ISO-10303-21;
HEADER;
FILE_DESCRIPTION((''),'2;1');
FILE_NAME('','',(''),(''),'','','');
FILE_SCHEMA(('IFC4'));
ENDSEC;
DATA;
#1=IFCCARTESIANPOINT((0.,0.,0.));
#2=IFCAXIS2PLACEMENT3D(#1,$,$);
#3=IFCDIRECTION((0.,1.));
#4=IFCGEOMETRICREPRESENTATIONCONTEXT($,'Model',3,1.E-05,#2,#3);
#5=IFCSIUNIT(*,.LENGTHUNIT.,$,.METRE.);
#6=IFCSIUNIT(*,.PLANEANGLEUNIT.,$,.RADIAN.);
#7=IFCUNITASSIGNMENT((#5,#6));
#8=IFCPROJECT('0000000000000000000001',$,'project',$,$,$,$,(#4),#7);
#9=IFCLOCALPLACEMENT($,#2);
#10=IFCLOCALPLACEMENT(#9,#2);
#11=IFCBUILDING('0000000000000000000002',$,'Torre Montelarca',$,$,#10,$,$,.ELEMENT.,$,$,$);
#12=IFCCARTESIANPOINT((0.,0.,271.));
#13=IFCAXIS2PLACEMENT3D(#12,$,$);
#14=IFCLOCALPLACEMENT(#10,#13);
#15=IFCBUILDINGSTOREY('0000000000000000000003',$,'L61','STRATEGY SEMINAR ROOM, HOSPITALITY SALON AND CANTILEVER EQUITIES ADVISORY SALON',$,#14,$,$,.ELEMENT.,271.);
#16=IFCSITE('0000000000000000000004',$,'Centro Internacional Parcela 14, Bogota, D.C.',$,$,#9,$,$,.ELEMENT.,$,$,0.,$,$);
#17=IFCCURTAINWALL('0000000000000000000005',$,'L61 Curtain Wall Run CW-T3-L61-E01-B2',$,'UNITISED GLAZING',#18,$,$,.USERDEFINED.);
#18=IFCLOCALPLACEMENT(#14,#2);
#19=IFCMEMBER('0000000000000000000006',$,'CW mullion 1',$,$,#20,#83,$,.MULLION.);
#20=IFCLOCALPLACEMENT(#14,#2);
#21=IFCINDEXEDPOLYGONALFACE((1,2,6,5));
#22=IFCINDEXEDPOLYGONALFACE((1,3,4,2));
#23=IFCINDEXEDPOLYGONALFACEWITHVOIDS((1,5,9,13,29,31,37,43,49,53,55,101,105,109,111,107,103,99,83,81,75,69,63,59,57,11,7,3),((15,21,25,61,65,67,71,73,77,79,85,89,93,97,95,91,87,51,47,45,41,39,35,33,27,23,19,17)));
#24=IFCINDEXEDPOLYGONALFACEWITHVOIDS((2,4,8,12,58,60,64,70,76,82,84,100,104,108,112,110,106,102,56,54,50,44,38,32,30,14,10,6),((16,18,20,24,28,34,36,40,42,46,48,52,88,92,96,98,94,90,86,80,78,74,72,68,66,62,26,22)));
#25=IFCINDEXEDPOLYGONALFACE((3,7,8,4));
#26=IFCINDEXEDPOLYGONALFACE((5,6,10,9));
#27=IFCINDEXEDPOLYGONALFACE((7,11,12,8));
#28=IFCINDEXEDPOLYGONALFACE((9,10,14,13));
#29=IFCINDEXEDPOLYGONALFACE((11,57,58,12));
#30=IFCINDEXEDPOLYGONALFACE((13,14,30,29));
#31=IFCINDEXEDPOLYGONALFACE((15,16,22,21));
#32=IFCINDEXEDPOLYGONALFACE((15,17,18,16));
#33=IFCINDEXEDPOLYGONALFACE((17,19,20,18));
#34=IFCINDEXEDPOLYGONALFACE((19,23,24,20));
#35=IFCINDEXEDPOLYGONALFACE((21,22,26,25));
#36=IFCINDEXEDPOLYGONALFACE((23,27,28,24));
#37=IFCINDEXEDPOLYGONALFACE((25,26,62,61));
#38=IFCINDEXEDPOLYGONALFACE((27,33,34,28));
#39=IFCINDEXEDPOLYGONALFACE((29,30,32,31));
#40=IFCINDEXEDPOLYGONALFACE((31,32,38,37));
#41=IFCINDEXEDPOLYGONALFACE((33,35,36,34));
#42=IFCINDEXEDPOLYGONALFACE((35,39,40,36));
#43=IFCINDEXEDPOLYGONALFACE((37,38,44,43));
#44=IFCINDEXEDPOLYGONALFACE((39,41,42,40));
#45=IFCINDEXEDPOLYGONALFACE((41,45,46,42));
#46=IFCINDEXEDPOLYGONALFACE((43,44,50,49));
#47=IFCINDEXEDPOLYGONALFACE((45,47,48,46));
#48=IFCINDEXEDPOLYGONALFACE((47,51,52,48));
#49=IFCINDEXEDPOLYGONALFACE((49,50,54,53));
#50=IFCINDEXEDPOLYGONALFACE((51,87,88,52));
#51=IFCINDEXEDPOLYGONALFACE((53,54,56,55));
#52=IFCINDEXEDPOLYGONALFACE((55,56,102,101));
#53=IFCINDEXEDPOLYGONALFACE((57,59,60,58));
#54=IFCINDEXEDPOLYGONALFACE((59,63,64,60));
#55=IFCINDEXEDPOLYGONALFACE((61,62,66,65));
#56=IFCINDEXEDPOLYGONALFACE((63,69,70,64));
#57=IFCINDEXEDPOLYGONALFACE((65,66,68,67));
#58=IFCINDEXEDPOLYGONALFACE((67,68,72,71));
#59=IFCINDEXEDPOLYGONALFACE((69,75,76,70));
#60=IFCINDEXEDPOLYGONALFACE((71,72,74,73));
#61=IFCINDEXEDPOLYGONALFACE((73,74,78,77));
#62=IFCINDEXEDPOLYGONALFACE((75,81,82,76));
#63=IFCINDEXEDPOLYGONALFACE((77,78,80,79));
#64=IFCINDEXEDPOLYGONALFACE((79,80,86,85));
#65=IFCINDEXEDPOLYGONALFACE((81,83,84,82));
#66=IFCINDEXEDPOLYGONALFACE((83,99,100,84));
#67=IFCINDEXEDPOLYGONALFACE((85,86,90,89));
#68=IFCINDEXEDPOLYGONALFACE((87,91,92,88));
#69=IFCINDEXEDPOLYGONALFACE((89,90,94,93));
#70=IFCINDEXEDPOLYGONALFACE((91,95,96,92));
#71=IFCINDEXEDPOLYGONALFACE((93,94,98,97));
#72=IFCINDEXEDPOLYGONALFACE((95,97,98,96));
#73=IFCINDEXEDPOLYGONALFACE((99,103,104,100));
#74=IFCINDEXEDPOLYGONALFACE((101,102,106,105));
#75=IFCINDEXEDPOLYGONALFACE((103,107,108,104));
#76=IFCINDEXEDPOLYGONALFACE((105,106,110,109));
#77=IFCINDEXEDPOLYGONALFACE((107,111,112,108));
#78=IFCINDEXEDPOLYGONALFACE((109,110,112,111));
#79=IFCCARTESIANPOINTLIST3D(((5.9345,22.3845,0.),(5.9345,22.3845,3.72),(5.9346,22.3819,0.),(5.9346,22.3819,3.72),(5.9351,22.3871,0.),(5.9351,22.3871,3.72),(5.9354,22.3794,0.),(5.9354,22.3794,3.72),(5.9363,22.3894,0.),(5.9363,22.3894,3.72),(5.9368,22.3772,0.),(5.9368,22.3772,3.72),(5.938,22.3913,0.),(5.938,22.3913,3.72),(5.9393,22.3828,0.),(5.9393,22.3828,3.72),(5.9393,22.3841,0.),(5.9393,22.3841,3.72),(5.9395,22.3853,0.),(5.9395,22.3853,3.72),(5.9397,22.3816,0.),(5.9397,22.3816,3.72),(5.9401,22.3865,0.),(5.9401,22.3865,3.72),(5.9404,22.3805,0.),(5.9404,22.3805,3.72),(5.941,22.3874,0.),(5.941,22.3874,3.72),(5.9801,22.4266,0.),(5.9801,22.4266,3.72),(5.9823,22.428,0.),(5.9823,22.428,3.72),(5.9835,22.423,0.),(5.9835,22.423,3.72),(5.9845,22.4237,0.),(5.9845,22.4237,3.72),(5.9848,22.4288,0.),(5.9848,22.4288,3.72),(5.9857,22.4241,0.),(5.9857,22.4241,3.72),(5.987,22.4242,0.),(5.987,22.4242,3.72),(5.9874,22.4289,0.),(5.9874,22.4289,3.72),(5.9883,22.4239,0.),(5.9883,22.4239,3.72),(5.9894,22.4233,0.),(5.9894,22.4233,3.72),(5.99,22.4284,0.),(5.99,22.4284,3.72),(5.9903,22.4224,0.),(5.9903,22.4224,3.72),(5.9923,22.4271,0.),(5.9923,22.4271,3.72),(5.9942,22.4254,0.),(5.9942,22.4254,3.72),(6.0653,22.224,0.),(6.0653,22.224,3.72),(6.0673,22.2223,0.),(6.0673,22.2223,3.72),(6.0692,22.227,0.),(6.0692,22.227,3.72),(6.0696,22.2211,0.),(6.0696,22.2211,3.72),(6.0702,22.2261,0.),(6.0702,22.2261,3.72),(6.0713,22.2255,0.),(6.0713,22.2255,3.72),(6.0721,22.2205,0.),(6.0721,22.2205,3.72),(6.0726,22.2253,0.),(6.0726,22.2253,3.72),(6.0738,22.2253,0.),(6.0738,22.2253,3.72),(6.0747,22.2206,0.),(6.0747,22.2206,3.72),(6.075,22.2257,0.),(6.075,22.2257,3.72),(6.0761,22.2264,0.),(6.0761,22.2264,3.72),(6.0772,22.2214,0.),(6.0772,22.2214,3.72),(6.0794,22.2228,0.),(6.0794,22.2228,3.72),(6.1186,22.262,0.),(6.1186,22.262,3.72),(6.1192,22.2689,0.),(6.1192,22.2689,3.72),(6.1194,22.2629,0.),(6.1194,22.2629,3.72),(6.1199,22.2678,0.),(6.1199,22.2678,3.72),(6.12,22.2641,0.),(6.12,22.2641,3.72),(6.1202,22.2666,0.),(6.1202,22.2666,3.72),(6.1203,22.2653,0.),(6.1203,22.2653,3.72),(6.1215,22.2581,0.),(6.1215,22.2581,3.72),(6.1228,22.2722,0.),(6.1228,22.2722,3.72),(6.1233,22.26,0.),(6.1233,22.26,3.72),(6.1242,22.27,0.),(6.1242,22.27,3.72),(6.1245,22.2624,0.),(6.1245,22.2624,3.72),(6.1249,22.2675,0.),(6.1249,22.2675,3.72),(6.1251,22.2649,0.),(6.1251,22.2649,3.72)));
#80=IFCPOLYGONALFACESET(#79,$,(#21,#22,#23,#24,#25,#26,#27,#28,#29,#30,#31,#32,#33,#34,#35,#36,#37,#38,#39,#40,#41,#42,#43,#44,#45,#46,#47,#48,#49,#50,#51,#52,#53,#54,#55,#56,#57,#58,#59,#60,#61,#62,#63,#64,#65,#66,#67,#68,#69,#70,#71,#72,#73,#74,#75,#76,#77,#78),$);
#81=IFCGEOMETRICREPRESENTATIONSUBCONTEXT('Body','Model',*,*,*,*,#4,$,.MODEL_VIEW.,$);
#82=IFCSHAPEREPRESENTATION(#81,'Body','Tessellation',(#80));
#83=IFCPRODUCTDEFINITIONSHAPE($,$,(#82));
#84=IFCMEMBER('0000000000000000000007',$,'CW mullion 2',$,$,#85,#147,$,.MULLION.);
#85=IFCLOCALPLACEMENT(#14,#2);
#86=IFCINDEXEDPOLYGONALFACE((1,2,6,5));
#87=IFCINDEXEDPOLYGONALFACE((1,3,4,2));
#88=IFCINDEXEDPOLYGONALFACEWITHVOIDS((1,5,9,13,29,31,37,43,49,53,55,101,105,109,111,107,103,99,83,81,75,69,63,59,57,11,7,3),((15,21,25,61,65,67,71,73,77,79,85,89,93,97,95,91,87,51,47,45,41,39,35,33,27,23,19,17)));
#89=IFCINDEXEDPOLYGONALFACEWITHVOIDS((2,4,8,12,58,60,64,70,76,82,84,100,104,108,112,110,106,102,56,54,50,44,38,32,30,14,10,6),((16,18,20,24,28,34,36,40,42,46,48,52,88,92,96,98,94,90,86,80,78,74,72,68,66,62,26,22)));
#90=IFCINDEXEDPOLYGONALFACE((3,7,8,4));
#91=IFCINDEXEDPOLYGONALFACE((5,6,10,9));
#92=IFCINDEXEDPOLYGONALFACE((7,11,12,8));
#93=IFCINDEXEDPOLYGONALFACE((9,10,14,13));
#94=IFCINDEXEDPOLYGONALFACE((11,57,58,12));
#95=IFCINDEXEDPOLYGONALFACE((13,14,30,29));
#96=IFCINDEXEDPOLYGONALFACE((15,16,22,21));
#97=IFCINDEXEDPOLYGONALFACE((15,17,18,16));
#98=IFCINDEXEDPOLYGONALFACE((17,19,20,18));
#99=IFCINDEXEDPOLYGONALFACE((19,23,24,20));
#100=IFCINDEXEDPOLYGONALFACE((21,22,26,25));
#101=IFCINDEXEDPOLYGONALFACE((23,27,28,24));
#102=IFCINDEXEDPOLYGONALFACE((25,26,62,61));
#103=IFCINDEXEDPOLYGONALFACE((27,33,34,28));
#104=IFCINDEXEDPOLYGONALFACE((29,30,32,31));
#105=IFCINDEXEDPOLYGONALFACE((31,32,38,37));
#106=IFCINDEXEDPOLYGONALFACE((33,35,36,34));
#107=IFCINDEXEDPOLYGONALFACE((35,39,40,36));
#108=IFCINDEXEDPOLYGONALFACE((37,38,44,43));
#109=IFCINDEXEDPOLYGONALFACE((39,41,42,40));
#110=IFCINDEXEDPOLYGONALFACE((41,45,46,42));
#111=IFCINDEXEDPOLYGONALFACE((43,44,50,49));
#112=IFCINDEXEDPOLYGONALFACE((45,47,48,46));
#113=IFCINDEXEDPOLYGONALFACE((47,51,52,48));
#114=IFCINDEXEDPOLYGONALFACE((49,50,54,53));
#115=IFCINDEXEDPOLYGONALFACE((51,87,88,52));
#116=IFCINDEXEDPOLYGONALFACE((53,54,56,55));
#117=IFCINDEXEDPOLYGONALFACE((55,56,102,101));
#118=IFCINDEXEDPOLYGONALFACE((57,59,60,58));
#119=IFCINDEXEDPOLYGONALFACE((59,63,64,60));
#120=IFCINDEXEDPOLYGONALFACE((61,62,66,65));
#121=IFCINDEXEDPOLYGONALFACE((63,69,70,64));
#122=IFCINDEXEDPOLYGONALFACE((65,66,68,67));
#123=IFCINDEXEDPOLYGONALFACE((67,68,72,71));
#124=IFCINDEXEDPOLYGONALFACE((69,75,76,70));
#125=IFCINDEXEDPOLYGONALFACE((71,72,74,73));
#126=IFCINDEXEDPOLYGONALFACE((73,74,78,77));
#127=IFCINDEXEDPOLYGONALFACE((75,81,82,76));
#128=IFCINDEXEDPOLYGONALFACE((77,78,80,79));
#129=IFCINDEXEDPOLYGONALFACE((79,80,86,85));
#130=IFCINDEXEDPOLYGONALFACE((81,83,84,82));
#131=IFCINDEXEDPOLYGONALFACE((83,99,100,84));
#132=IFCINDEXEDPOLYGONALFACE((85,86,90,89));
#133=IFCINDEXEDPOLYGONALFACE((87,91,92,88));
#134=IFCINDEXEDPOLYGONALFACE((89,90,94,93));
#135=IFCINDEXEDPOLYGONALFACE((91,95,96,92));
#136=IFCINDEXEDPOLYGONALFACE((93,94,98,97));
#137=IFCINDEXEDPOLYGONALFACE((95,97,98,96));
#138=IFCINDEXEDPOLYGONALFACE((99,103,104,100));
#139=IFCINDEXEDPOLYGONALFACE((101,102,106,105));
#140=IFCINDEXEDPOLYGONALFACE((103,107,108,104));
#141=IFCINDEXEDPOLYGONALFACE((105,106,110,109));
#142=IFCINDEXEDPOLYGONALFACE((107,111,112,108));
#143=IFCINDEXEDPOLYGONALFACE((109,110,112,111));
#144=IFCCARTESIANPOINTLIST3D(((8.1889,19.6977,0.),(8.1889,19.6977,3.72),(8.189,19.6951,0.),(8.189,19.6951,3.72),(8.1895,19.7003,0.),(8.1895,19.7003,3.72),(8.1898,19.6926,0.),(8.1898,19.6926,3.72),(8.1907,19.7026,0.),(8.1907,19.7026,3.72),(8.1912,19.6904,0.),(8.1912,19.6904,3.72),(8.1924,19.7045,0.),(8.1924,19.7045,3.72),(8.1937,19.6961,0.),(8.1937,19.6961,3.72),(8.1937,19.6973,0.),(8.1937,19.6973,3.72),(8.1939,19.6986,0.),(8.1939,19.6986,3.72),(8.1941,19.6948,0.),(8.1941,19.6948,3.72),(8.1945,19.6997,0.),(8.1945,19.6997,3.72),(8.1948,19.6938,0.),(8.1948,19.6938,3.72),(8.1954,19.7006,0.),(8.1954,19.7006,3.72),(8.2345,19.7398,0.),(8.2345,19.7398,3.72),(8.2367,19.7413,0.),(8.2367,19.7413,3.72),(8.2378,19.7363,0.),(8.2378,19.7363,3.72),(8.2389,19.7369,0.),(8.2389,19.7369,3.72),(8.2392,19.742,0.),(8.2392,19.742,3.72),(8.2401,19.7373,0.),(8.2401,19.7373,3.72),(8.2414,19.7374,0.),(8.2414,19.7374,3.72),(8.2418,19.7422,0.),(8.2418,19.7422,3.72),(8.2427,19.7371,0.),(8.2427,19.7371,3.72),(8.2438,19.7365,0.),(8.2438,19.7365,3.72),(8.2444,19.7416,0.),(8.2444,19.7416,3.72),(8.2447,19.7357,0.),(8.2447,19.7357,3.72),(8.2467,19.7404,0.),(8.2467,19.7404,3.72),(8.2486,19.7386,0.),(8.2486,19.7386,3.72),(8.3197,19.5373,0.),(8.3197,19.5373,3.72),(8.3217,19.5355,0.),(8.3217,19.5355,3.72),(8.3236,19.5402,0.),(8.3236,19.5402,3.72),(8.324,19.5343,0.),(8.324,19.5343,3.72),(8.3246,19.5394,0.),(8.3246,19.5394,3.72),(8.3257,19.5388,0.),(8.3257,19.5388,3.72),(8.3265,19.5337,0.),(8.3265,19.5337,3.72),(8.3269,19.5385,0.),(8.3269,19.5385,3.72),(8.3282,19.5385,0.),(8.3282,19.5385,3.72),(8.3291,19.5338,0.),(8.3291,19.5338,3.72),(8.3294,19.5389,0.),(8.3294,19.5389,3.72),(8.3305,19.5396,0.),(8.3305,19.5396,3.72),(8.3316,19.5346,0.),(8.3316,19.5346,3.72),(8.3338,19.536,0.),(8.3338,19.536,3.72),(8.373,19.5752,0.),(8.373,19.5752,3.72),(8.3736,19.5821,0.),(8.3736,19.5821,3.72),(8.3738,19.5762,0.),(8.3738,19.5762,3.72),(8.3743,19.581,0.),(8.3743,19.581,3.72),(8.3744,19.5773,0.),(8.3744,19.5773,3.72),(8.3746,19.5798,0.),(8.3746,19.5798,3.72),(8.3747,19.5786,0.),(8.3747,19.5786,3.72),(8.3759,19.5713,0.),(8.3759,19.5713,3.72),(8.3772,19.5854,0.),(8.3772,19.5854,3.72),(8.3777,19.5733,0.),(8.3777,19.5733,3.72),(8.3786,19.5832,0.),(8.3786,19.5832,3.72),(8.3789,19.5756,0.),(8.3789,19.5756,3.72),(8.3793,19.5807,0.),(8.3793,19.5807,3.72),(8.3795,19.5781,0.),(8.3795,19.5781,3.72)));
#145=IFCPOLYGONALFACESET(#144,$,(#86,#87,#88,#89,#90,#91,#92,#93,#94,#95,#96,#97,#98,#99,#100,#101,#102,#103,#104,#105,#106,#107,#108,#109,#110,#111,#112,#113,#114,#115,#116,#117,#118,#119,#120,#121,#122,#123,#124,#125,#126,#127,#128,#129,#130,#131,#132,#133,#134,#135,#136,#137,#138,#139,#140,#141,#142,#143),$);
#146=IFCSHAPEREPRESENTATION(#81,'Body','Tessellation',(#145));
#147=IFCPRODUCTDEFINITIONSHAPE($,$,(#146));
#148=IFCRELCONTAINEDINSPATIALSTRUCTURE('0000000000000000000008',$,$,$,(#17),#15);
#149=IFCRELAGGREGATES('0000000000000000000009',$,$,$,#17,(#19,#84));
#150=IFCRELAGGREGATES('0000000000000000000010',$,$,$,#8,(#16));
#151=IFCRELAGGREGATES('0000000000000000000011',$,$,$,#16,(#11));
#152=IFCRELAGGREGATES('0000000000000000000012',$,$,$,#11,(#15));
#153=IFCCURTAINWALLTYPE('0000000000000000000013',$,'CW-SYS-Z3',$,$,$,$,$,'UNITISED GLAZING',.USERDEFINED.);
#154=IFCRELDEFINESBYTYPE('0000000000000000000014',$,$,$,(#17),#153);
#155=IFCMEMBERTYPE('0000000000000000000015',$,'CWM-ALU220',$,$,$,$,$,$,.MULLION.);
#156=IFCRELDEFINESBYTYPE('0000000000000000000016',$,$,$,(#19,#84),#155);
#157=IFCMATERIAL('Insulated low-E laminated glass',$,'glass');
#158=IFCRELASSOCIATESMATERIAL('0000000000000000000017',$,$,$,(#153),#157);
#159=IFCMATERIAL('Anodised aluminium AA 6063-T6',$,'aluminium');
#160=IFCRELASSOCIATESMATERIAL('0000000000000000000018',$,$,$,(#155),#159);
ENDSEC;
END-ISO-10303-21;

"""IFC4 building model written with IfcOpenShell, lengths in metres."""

from ifc_helpers import new_model, si_unit, direction, frame, origin, origin_2d, place, context, subcontext, project, spatial, hollow_rectangle, extrude, source, transform, mapped, material, material_profile, profile_set, type_object, element, aggregate, save


model = new_model("IFC4")

# Units and contexts
model_context = context("Model", 3, precision=1e-05, world=origin(), true_north=direction((0.0, 1.0)))
body_context = subcontext(model_context, "Body", "Model", "MODEL_VIEW")
ifc_project = project(units=[si_unit("LENGTHUNIT", "METRE"), si_unit("PLANEANGLEUNIT", "RADIAN")], contexts=[model_context])

# Site, building, storey
site_placement = place(None, origin())
site = spatial("IfcSite", under=ifc_project, at=site_placement, Name="Centro Internacional Parcela 14, Bogota, D.C.", CompositionType="ELEMENT", RefElevation=0.0)
building_placement = place(site_placement, origin())
building = spatial("IfcBuilding", under=site, at=building_placement, Name="Torre Montelarca", CompositionType="ELEMENT")
storey_placement = place(building_placement, frame((0.0, 0.0, 271.0)))
storey = spatial("IfcBuildingStorey", under=building, at=storey_placement, Name="L61", Description="STRATEGY SEMINAR ROOM, HOSPITALITY SALON AND CANTILEVER EQUITIES ADVISORY SALON", CompositionType="ELEMENT", Elevation=271.0)

# Curtain wall, members
ifc_material_1 = material(Name="Insulated low-E laminated glass", Category="glass")
curtain_wall_type = type_object("IfcCurtainWallType", Name="CW-SYS-Z3", ElementType="UNITISED GLAZING", PredefinedType="USERDEFINED", material=ifc_material_1)
ifc_material_2 = material(Name="Anodised aluminium AA 6063-T6", Category="aluminium")
ifc_material_profile_1 = material_profile(ifc_material_2, hollow_rectangle(XDim=0.075, YDim=0.22, WallThickness=0.0049, InnerFilletRadius=0.0049, OuterFilletRadius=0.01, at=origin_2d()), Name="ALU75X220X5", Category="aluminium")
ifc_profile_set_1 = profile_set([ifc_material_profile_1], Name="Anodised aluminium AA 6063-T6")
member_type_1 = type_object("IfcMemberType", Name="CWM-ALU220", PredefinedType="MULLION", material=ifc_profile_set_1)
shared_shape_1 = source(origin(), body_context, "Body", "SweptSolid", [
    extrude(hollow_rectangle(XDim=0.075, YDim=0.22, WallThickness=0.0049, InnerFilletRadius=0.0049, OuterFilletRadius=0.01, at=origin_2d()), origin(), (0.0, 0.0, 1.0), 3.72),
])
curtain_wall_1_placement = place(storey_placement, origin())
curtain_wall_1 = element("IfcCurtainWall", 1, at=curtain_wall_1_placement, inside=storey, type_object=curtain_wall_type, Name="L61 Curtain Wall Run CW-T3-L61-E01-B2", ObjectType="UNITISED GLAZING", PredefinedType="USERDEFINED")
member_1_placement = place(storey_placement, frame((6.0298, 22.3247, 0.0), z_axis=(0.0, 0.0, 1.0), x_axis=(0.766039, 0.642794, 0.0)))
member_1 = element("IfcMember", 2, at=member_1_placement, type_object=member_type_1, Name="CW mullion 1", PredefinedType="MULLION", context=body_context, shape_type="MappedRepresentation", body=[
    mapped(shared_shape_1, transform((0.0, 0.0, 0.0), scale=1.0)),
])
member_2_placement = place(storey_placement, frame((8.2842, 19.6379, 0.0), z_axis=(0.0, 0.0, 1.0), x_axis=(0.766039, 0.642794, 0.0)))
member_2 = element("IfcMember", 3, at=member_2_placement, type_object=member_type_1, Name="CW mullion 2", PredefinedType="MULLION", context=body_context, shape_type="MappedRepresentation", body=[
    mapped(shared_shape_1, transform((0.0, 0.0, 0.0), scale=1.0)),
])

aggregate(curtain_wall_1, [member_1, member_2])

save(model, "model.ifc")
